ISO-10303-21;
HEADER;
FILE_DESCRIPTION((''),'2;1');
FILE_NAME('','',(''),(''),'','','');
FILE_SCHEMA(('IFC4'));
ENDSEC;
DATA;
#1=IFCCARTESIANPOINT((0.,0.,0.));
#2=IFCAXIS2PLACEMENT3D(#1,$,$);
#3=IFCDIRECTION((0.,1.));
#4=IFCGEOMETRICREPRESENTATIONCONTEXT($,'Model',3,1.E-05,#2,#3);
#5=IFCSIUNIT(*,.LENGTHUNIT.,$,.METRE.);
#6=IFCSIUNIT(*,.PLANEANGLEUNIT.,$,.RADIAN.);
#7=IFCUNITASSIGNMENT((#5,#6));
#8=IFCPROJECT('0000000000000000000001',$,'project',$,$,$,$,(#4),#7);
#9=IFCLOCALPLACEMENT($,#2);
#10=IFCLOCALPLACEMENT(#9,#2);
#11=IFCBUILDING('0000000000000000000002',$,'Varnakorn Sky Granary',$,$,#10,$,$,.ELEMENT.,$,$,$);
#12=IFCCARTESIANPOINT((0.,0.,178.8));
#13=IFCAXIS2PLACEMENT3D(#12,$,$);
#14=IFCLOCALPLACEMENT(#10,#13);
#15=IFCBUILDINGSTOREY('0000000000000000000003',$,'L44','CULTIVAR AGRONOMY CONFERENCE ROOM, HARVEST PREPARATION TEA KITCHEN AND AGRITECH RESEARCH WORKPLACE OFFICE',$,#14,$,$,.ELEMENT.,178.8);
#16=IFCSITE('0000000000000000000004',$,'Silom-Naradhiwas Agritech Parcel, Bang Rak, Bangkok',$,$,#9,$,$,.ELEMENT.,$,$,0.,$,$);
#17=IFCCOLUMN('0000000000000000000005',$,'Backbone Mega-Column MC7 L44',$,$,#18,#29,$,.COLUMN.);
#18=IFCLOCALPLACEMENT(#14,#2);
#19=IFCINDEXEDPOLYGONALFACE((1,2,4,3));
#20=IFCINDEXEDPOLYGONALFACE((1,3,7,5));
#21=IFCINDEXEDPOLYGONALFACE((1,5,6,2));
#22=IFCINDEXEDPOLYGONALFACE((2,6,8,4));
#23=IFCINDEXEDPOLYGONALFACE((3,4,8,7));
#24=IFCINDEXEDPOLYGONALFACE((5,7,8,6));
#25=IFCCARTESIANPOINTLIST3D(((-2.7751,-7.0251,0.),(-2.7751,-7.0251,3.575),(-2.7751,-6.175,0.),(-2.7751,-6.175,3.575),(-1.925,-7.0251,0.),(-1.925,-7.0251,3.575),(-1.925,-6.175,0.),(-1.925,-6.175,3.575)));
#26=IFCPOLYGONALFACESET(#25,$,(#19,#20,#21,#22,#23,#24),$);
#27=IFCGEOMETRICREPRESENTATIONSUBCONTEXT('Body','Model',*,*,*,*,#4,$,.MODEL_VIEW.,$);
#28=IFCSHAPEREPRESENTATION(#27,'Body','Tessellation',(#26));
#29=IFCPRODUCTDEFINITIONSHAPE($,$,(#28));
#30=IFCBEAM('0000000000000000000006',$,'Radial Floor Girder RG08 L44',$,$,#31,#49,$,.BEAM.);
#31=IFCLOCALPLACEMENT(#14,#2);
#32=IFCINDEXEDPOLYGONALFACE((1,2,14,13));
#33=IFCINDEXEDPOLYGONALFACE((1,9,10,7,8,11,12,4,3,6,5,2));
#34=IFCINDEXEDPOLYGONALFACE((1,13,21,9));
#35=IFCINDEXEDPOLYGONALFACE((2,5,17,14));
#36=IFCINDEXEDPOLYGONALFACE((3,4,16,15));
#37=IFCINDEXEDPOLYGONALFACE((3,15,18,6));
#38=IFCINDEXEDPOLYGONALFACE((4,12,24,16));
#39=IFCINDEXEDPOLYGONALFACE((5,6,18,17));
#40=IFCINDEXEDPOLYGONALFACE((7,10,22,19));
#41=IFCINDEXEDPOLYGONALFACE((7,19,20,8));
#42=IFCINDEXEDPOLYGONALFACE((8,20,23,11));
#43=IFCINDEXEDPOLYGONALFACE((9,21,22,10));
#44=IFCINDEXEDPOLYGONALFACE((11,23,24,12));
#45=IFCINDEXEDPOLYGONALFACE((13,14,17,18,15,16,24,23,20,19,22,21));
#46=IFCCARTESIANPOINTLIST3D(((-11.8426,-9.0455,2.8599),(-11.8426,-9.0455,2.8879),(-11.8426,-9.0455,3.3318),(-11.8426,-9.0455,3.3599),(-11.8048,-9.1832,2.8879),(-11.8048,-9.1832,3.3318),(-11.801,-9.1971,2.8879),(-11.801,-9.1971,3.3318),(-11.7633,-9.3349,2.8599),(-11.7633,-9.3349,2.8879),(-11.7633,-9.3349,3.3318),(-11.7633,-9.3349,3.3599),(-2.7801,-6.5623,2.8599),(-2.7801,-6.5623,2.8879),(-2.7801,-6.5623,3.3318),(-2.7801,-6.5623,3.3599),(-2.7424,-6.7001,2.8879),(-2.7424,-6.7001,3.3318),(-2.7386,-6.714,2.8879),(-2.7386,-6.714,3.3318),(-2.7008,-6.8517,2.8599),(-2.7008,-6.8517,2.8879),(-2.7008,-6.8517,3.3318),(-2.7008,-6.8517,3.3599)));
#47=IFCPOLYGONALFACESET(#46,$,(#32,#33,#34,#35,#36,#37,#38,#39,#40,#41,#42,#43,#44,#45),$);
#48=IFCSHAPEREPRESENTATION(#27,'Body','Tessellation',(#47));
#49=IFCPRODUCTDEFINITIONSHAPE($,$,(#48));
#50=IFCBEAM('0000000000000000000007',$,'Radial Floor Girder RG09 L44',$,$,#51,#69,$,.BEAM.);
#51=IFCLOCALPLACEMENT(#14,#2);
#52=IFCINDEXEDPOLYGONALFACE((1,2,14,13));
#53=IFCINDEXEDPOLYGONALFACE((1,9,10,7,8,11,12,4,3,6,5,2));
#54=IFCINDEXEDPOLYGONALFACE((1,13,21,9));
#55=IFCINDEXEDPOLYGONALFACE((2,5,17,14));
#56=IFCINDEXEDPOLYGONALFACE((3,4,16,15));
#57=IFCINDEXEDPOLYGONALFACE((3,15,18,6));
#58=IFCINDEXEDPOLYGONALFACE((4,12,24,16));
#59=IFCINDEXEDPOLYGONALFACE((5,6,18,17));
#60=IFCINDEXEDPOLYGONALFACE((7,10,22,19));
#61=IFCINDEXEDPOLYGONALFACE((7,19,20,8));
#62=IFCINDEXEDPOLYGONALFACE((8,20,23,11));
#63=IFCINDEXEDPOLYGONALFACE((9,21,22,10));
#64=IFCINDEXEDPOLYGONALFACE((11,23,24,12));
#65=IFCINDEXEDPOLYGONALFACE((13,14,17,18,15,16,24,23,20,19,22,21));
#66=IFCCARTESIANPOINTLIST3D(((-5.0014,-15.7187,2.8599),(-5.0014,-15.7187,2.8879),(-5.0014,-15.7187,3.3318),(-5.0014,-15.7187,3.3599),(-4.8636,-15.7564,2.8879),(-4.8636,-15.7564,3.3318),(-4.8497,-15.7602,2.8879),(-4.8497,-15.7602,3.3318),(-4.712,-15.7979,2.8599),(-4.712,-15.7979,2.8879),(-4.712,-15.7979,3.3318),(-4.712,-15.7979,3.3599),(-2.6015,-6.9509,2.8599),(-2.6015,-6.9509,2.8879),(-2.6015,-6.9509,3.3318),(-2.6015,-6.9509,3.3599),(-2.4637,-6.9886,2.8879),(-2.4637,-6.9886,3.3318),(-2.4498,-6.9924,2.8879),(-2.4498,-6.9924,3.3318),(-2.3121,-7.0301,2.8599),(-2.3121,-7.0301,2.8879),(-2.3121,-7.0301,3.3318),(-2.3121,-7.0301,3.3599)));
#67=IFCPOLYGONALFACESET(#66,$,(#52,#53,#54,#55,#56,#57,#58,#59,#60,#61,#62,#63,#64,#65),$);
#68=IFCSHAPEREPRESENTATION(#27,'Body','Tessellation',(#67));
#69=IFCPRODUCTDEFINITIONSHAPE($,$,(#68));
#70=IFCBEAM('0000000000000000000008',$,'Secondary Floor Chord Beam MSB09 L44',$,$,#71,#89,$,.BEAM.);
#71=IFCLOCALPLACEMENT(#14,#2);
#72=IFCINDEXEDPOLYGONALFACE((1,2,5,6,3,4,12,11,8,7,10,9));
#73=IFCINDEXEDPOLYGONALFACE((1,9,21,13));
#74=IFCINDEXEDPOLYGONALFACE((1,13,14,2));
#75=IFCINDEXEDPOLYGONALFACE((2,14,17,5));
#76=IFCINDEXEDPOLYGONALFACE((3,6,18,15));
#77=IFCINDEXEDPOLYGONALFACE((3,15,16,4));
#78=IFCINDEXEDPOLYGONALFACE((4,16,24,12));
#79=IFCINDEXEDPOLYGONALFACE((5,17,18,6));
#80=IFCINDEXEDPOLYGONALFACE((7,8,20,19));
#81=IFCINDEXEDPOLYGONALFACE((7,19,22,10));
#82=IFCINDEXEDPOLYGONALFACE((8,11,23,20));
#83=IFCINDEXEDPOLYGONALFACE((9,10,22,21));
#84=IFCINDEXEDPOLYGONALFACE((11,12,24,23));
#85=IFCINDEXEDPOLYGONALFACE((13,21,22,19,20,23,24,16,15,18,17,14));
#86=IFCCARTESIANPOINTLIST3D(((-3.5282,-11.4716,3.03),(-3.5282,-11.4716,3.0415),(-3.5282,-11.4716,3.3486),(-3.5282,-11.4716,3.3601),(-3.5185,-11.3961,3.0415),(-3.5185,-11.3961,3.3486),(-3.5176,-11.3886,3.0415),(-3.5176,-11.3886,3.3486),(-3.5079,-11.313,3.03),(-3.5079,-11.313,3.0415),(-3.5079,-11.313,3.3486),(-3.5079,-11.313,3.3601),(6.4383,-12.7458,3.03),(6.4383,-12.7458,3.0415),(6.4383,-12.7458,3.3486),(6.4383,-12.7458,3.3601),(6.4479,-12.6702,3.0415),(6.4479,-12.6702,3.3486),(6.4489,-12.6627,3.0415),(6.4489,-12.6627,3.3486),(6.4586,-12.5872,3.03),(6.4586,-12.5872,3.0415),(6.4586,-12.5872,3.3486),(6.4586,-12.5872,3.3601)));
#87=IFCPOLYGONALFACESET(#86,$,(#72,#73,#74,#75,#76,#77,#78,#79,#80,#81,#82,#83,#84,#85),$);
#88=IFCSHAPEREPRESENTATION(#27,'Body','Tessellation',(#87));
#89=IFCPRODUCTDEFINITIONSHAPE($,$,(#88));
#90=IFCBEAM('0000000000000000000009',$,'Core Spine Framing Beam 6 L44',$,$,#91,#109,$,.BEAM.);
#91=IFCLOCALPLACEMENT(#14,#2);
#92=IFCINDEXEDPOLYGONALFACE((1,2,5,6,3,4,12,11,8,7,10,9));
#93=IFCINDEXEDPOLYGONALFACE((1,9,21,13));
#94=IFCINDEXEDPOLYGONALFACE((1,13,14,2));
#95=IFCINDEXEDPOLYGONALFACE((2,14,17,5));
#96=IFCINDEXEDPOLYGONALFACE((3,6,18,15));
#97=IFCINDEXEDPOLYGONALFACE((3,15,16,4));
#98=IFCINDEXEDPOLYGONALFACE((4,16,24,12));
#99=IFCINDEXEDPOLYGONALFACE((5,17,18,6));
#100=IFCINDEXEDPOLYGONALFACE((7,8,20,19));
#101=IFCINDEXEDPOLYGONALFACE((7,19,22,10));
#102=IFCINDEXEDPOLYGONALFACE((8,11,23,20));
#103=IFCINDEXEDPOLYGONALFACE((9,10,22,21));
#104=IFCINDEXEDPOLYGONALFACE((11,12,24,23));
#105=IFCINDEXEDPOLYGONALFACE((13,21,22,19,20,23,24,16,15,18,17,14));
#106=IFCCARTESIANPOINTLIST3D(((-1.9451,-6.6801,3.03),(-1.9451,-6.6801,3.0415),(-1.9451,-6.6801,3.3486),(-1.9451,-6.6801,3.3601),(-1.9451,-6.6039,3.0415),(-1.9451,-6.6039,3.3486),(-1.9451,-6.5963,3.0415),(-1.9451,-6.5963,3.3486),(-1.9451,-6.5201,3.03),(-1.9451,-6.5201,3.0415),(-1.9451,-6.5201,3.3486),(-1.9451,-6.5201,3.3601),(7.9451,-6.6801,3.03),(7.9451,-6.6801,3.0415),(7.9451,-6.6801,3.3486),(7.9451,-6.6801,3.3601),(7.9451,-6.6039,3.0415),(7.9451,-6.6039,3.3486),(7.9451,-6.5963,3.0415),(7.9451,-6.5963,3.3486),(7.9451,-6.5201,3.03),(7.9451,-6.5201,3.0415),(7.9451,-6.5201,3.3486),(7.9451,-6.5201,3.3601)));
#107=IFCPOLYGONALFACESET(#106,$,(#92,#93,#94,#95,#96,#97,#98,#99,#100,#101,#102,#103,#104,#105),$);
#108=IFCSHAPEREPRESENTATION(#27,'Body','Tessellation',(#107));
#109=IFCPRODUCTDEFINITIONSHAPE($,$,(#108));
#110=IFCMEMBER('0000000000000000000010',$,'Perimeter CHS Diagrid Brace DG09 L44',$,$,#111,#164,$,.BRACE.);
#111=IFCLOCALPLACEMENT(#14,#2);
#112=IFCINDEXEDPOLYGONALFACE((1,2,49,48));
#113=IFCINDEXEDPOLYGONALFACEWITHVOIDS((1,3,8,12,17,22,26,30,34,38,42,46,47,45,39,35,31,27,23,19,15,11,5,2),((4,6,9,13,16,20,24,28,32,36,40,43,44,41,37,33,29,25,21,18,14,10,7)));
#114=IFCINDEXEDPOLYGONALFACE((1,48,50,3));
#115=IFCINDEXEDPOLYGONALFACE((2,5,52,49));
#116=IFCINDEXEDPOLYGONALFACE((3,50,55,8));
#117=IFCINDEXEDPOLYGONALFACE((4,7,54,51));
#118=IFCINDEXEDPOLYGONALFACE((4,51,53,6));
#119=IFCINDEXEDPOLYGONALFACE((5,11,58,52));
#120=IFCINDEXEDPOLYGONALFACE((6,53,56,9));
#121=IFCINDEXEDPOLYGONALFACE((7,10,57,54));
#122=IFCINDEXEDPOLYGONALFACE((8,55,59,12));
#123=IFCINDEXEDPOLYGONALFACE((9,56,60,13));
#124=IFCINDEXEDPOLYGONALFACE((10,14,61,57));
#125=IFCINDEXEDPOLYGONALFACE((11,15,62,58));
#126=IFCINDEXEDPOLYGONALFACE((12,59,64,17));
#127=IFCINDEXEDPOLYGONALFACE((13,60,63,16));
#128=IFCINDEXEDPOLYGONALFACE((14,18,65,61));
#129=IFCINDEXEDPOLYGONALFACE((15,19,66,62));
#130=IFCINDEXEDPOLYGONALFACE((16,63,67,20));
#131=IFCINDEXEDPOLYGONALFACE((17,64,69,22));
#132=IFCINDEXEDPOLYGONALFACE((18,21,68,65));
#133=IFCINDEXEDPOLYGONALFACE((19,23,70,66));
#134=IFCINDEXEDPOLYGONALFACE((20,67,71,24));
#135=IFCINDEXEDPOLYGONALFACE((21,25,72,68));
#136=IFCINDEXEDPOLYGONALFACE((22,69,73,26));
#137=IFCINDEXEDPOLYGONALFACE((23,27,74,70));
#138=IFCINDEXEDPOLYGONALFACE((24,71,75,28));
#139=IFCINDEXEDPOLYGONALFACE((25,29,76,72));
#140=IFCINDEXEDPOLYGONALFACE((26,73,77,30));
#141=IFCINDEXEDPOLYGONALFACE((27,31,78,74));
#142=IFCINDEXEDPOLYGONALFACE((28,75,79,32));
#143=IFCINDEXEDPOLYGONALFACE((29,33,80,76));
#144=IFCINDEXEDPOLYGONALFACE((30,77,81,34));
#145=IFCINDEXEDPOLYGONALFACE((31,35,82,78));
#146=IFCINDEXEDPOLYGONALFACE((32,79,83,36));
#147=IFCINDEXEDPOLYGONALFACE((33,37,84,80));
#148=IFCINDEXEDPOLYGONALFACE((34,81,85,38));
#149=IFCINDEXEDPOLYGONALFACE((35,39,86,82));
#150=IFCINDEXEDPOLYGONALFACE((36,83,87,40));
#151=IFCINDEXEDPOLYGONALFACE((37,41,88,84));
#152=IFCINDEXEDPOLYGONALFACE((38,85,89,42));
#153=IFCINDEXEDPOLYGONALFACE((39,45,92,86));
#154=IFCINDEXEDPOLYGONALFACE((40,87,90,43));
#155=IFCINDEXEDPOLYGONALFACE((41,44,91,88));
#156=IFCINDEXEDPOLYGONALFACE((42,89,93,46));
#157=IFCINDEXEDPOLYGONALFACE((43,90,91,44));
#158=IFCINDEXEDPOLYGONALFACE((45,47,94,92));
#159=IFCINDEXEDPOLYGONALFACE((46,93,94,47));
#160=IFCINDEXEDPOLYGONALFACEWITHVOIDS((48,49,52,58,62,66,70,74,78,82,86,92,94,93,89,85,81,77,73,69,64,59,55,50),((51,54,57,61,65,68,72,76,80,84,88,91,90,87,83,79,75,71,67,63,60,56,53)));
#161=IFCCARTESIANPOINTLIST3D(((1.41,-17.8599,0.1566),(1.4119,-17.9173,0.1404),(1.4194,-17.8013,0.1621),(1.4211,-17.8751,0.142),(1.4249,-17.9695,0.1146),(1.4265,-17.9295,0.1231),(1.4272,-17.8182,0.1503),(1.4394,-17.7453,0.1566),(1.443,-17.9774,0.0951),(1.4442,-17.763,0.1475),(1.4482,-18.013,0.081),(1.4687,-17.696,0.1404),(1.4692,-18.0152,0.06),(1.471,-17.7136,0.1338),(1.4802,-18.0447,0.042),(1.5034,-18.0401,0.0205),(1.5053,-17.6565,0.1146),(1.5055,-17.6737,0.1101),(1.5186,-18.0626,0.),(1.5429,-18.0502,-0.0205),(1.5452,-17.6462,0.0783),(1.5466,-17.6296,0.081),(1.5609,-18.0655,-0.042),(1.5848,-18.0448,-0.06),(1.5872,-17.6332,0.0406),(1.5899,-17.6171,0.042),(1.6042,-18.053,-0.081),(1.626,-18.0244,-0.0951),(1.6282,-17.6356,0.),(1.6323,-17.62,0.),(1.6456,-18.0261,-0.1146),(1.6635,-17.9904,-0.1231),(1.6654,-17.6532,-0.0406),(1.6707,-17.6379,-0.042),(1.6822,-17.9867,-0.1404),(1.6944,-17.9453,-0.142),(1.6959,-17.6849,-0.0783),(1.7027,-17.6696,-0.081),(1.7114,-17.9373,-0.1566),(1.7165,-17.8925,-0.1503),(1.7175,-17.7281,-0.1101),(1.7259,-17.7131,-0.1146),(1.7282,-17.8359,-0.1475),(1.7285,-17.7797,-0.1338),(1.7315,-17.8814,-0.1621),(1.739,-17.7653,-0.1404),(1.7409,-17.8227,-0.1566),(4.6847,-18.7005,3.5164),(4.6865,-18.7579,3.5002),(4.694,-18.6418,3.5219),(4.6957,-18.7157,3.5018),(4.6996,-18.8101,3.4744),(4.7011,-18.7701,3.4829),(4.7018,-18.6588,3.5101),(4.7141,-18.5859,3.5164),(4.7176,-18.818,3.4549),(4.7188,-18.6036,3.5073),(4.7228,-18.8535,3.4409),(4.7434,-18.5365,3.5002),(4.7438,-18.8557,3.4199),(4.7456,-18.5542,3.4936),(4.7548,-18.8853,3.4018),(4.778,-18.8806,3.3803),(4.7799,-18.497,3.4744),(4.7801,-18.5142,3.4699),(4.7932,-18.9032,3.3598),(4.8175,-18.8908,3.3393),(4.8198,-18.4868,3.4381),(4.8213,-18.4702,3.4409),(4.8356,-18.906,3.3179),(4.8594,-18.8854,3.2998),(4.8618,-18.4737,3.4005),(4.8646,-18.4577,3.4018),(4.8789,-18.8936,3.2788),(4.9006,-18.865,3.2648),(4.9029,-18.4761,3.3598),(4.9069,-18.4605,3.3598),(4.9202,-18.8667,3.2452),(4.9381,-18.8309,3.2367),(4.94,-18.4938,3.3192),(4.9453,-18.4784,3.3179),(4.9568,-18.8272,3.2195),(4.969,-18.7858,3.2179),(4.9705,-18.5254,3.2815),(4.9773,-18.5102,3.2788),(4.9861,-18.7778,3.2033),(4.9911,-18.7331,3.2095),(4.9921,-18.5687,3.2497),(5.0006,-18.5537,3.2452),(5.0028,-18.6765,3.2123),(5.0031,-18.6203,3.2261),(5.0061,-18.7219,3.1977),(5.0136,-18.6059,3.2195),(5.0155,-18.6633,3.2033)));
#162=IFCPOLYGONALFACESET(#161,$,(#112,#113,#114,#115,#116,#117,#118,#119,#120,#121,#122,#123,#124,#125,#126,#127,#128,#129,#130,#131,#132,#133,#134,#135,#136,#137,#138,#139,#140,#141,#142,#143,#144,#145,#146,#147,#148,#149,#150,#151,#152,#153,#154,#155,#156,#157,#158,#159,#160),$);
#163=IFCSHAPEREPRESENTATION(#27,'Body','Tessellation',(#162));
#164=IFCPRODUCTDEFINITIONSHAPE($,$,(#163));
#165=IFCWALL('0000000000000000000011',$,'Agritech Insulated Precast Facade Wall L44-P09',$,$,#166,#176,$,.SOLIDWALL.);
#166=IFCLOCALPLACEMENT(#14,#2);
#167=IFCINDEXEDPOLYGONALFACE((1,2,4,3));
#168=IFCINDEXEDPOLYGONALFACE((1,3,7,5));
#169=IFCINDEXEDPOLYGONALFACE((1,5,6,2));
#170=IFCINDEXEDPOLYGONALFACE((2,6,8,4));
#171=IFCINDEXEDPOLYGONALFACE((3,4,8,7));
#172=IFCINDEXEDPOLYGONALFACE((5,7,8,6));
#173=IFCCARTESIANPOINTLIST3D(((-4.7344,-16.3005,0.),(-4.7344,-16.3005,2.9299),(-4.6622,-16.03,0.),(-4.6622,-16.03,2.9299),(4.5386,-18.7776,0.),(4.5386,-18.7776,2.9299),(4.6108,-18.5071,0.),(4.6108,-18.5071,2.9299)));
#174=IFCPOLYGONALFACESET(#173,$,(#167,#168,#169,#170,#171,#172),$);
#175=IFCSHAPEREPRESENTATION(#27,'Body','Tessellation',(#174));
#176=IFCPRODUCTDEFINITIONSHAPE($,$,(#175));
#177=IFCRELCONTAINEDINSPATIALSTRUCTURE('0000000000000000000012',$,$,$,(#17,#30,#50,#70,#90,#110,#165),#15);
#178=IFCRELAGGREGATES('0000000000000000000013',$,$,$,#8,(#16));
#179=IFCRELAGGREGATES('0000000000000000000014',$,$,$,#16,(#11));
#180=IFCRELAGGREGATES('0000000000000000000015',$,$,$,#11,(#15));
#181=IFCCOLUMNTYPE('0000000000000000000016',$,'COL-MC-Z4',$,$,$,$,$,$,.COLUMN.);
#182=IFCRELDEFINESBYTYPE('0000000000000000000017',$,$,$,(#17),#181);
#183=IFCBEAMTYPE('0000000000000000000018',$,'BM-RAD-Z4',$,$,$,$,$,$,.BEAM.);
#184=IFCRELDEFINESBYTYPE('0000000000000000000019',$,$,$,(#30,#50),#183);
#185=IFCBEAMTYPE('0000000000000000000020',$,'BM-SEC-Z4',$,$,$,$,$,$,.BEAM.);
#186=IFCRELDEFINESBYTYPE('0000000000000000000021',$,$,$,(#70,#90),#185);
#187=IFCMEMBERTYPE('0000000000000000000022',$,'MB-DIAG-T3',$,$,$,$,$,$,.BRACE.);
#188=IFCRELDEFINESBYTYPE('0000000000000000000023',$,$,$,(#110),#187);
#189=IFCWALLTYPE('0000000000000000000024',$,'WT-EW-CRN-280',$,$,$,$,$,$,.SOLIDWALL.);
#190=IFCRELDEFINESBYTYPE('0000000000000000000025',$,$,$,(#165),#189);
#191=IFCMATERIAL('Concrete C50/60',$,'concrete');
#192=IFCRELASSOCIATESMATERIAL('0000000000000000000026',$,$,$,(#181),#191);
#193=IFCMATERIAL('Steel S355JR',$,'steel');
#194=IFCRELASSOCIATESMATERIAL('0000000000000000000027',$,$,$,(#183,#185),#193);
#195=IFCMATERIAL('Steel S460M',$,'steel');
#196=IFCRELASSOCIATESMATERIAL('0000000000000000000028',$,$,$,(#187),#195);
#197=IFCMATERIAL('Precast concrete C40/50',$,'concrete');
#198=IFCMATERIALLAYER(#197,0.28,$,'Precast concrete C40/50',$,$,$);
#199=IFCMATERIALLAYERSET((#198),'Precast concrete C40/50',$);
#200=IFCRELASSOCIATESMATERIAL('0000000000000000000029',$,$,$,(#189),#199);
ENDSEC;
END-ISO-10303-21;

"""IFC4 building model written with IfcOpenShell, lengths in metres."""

from ifc_helpers import new_model, si_unit, direction, frame, frame_2d, origin, origin_2d, place, context, subcontext, project, spatial, rectangle, hollow_circle, i_section, extrude, material, layer, layer_set, material_profile, profile_set, type_object, element, save


model = new_model("IFC4")

# Units and contexts
model_context = context("Model", 3, precision=1e-05, world=origin(), true_north=direction((0.0, 1.0)))
body_context = subcontext(model_context, "Body", "Model", "MODEL_VIEW")
ifc_project = project(units=[si_unit("LENGTHUNIT", "METRE"), si_unit("PLANEANGLEUNIT", "RADIAN")], contexts=[model_context])

# Site, building, storey
site_placement = place(None, origin())
site = spatial("IfcSite", under=ifc_project, at=site_placement, Name="Silom-Naradhiwas Agritech Parcel, Bang Rak, Bangkok", CompositionType="ELEMENT", RefElevation=0.0)
building_placement = place(site_placement, origin())
building = spatial("IfcBuilding", under=site, at=building_placement, Name="Varnakorn Sky Granary", CompositionType="ELEMENT")
storey_placement = place(building_placement, frame((0.0, 0.0, 178.8)))
storey = spatial("IfcBuildingStorey", under=building, at=storey_placement, Name="L44", Description="CULTIVAR AGRONOMY CONFERENCE ROOM, HARVEST PREPARATION TEA KITCHEN AND AGRITECH RESEARCH WORKPLACE OFFICE", CompositionType="ELEMENT", Elevation=178.8)

# Column
ifc_material_1 = material(Name="Concrete C50/60", Category="concrete")
ifc_material_profile_1 = material_profile(ifc_material_1, rectangle(XDim=0.8501, YDim=0.8501, at=origin_2d()), Name="RC 850x850")
ifc_profile_set_1 = profile_set([ifc_material_profile_1], Name="Concrete C50/60")
column_type = type_object("IfcColumnType", Name="COL-MC-Z4", PredefinedType="COLUMN", material=ifc_profile_set_1)
column_placement = place(storey_placement, frame((-2.3501, -6.6001, 0.0), z_axis=(0.0, 0.0, 1.0), x_axis=(1.0, 0.0, 0.0)))
element("IfcColumn", 1, at=column_placement, inside=storey, type_object=column_type, Name="Backbone Mega-Column MC7 L44", PredefinedType="COLUMN", context=body_context, shape_type="SweptSolid", body=[
    extrude(rectangle(XDim=0.8501, YDim=0.8501, at=origin_2d()), origin(), (0.0, 0.0, 1.0), 3.575),
])

# Beams
ifc_material_2 = material(Name="Steel S355JR", Category="steel")
ifc_material_profile_2 = material_profile(ifc_material_2, i_section(OverallWidth=0.3, OverallDepth=0.5, WebThickness=0.0144, FlangeThickness=0.0281, at=origin_2d()), Name="HE 500 B")
ifc_profile_set_2 = profile_set([ifc_material_profile_2], Name="Steel S355JR")
beam_type_1 = type_object("IfcBeamType", Name="BM-RAD-Z4", PredefinedType="BEAM", material=ifc_profile_set_2)
beam_1_placement = place(storey_placement, frame((-2.7405, -6.707, 3.1099), z_axis=(-0.964451, -0.264263, 0.0), x_axis=(0.264263, -0.964451, 0.0)))
element("IfcBeam", 2, at=beam_1_placement, inside=storey, type_object=beam_type_1, Name="Radial Floor Girder RG08 L44", PredefinedType="BEAM", context=body_context, shape_type="SweptSolid", body=[
    extrude(i_section(OverallWidth=0.3, OverallDepth=0.5, WebThickness=0.0144, FlangeThickness=0.0281, at=origin_2d()), origin(), (0.0, 0.0, 1.0), 9.3965),
])
beam_2_placement = place(storey_placement, frame((-2.4568, -6.9905, 3.1099), z_axis=(-0.264006, -0.964521, 0.0), x_axis=(0.964521, -0.264006, 0.0)))
element("IfcBeam", 3, at=beam_2_placement, inside=storey, type_object=beam_type_1, Name="Radial Floor Girder RG09 L44", PredefinedType="BEAM", context=body_context, shape_type="SweptSolid", body=[
    extrude(i_section(OverallWidth=0.3, OverallDepth=0.5, WebThickness=0.0144, FlangeThickness=0.0281, at=origin_2d()), origin(), (0.0, 0.0, 1.0), 9.0903),
])
ifc_material_profile_3 = material_profile(ifc_material_2, i_section(OverallWidth=0.1599, OverallDepth=0.3301, WebThickness=0.0076, FlangeThickness=0.0115, at=origin_2d()), Name="IPE 330")
ifc_profile_set_3 = profile_set([ifc_material_profile_3], Name="Steel S355JR")
beam_type_2 = type_object("IfcBeamType", Name="BM-SEC-Z4", PredefinedType="BEAM", material=ifc_profile_set_3)
beam_3_placement = place(storey_placement, frame((-3.5181, -11.3923, 3.1951), z_axis=(0.991927, -0.126812, 0.0), x_axis=(0.126812, 0.991927, 0.0)))
element("IfcBeam", 4, at=beam_3_placement, inside=storey, type_object=beam_type_2, Name="Secondary Floor Chord Beam MSB09 L44", PredefinedType="BEAM", context=body_context, shape_type="SweptSolid", body=[
    extrude(i_section(OverallWidth=0.1599, OverallDepth=0.3301, WebThickness=0.0076, FlangeThickness=0.0115, at=origin_2d()), origin(), (0.0, 0.0, 1.0), 10.0476),
])
beam_4_placement = place(storey_placement, frame((-1.9451, -6.6001, 3.1951), z_axis=(1.0, 0.0, 0.0), x_axis=(0.0, 1.0, 0.0)))
element("IfcBeam", 5, at=beam_4_placement, inside=storey, type_object=beam_type_2, Name="Core Spine Framing Beam 6 L44", PredefinedType="BEAM", context=body_context, shape_type="SweptSolid", body=[
    extrude(i_section(OverallWidth=0.1599, OverallDepth=0.3301, WebThickness=0.0076, FlangeThickness=0.0115, at=origin_2d()), origin(), (0.0, 0.0, 1.0), 9.8901),
])

# Member
ifc_material_3 = material(Name="Steel S460M", Category="steel")
ifc_material_profile_4 = material_profile(ifc_material_3, hollow_circle(Radius=0.2285, WallThickness=0.0161, at=origin_2d()), Name="CHS 457x16")
ifc_profile_set_4 = profile_set([ifc_material_profile_4], Name="Steel S460M")
member_type = type_object("IfcMemberType", Name="MB-DIAG-T3", PredefinedType="BRACE", material=ifc_profile_set_4)
member_placement = place(storey_placement, frame((1.5754, -17.8413, 0.0), z_axis=(0.687029, -0.176354, 0.704905), x_axis=(0.248631, 0.968598, 0.0)))
element("IfcMember", 6, at=member_placement, inside=storey, type_object=member_type, Name="Perimeter CHS Diagrid Brace DG09 L44", PredefinedType="BRACE", context=body_context, shape_type="SweptSolid", body=[
    extrude(hollow_circle(Radius=0.2285, WallThickness=0.0161, at=origin_2d()), origin(), (0.0, 0.0, 1.0), 4.7664),
])

# Wall
ifc_material_4 = material(Name="Precast concrete C40/50", Category="concrete")
ifc_layer_1 = layer(ifc_material_4, 0.28, Name="Precast concrete C40/50")
ifc_layer_set_1 = layer_set([ifc_layer_1], Name="Precast concrete C40/50")
wall_type_1 = type_object("IfcWallType", Name="WT-EW-CRN-280", PredefinedType="SOLIDWALL", material=ifc_layer_set_1)
wall_1_placement = place(storey_placement, frame((4.5747, -18.6423, 0.0), z_axis=(0.0, 0.0, 1.0), x_axis=(-0.966124, 0.258077, 0.0)))
element("IfcWall", 7, at=wall_1_placement, inside=storey, type_object=wall_type_1, Name="Agritech Insulated Precast Facade Wall L44-P09", PredefinedType="SOLIDWALL", context=body_context, shape_type="SweptSolid", body=[
    extrude(rectangle(XDim=9.5981, YDim=0.28, at=frame_2d((4.7991, 0.0))), origin(), (0.0, 0.0, 1.0), 2.9299),
])

save(model, "model.ifc")
